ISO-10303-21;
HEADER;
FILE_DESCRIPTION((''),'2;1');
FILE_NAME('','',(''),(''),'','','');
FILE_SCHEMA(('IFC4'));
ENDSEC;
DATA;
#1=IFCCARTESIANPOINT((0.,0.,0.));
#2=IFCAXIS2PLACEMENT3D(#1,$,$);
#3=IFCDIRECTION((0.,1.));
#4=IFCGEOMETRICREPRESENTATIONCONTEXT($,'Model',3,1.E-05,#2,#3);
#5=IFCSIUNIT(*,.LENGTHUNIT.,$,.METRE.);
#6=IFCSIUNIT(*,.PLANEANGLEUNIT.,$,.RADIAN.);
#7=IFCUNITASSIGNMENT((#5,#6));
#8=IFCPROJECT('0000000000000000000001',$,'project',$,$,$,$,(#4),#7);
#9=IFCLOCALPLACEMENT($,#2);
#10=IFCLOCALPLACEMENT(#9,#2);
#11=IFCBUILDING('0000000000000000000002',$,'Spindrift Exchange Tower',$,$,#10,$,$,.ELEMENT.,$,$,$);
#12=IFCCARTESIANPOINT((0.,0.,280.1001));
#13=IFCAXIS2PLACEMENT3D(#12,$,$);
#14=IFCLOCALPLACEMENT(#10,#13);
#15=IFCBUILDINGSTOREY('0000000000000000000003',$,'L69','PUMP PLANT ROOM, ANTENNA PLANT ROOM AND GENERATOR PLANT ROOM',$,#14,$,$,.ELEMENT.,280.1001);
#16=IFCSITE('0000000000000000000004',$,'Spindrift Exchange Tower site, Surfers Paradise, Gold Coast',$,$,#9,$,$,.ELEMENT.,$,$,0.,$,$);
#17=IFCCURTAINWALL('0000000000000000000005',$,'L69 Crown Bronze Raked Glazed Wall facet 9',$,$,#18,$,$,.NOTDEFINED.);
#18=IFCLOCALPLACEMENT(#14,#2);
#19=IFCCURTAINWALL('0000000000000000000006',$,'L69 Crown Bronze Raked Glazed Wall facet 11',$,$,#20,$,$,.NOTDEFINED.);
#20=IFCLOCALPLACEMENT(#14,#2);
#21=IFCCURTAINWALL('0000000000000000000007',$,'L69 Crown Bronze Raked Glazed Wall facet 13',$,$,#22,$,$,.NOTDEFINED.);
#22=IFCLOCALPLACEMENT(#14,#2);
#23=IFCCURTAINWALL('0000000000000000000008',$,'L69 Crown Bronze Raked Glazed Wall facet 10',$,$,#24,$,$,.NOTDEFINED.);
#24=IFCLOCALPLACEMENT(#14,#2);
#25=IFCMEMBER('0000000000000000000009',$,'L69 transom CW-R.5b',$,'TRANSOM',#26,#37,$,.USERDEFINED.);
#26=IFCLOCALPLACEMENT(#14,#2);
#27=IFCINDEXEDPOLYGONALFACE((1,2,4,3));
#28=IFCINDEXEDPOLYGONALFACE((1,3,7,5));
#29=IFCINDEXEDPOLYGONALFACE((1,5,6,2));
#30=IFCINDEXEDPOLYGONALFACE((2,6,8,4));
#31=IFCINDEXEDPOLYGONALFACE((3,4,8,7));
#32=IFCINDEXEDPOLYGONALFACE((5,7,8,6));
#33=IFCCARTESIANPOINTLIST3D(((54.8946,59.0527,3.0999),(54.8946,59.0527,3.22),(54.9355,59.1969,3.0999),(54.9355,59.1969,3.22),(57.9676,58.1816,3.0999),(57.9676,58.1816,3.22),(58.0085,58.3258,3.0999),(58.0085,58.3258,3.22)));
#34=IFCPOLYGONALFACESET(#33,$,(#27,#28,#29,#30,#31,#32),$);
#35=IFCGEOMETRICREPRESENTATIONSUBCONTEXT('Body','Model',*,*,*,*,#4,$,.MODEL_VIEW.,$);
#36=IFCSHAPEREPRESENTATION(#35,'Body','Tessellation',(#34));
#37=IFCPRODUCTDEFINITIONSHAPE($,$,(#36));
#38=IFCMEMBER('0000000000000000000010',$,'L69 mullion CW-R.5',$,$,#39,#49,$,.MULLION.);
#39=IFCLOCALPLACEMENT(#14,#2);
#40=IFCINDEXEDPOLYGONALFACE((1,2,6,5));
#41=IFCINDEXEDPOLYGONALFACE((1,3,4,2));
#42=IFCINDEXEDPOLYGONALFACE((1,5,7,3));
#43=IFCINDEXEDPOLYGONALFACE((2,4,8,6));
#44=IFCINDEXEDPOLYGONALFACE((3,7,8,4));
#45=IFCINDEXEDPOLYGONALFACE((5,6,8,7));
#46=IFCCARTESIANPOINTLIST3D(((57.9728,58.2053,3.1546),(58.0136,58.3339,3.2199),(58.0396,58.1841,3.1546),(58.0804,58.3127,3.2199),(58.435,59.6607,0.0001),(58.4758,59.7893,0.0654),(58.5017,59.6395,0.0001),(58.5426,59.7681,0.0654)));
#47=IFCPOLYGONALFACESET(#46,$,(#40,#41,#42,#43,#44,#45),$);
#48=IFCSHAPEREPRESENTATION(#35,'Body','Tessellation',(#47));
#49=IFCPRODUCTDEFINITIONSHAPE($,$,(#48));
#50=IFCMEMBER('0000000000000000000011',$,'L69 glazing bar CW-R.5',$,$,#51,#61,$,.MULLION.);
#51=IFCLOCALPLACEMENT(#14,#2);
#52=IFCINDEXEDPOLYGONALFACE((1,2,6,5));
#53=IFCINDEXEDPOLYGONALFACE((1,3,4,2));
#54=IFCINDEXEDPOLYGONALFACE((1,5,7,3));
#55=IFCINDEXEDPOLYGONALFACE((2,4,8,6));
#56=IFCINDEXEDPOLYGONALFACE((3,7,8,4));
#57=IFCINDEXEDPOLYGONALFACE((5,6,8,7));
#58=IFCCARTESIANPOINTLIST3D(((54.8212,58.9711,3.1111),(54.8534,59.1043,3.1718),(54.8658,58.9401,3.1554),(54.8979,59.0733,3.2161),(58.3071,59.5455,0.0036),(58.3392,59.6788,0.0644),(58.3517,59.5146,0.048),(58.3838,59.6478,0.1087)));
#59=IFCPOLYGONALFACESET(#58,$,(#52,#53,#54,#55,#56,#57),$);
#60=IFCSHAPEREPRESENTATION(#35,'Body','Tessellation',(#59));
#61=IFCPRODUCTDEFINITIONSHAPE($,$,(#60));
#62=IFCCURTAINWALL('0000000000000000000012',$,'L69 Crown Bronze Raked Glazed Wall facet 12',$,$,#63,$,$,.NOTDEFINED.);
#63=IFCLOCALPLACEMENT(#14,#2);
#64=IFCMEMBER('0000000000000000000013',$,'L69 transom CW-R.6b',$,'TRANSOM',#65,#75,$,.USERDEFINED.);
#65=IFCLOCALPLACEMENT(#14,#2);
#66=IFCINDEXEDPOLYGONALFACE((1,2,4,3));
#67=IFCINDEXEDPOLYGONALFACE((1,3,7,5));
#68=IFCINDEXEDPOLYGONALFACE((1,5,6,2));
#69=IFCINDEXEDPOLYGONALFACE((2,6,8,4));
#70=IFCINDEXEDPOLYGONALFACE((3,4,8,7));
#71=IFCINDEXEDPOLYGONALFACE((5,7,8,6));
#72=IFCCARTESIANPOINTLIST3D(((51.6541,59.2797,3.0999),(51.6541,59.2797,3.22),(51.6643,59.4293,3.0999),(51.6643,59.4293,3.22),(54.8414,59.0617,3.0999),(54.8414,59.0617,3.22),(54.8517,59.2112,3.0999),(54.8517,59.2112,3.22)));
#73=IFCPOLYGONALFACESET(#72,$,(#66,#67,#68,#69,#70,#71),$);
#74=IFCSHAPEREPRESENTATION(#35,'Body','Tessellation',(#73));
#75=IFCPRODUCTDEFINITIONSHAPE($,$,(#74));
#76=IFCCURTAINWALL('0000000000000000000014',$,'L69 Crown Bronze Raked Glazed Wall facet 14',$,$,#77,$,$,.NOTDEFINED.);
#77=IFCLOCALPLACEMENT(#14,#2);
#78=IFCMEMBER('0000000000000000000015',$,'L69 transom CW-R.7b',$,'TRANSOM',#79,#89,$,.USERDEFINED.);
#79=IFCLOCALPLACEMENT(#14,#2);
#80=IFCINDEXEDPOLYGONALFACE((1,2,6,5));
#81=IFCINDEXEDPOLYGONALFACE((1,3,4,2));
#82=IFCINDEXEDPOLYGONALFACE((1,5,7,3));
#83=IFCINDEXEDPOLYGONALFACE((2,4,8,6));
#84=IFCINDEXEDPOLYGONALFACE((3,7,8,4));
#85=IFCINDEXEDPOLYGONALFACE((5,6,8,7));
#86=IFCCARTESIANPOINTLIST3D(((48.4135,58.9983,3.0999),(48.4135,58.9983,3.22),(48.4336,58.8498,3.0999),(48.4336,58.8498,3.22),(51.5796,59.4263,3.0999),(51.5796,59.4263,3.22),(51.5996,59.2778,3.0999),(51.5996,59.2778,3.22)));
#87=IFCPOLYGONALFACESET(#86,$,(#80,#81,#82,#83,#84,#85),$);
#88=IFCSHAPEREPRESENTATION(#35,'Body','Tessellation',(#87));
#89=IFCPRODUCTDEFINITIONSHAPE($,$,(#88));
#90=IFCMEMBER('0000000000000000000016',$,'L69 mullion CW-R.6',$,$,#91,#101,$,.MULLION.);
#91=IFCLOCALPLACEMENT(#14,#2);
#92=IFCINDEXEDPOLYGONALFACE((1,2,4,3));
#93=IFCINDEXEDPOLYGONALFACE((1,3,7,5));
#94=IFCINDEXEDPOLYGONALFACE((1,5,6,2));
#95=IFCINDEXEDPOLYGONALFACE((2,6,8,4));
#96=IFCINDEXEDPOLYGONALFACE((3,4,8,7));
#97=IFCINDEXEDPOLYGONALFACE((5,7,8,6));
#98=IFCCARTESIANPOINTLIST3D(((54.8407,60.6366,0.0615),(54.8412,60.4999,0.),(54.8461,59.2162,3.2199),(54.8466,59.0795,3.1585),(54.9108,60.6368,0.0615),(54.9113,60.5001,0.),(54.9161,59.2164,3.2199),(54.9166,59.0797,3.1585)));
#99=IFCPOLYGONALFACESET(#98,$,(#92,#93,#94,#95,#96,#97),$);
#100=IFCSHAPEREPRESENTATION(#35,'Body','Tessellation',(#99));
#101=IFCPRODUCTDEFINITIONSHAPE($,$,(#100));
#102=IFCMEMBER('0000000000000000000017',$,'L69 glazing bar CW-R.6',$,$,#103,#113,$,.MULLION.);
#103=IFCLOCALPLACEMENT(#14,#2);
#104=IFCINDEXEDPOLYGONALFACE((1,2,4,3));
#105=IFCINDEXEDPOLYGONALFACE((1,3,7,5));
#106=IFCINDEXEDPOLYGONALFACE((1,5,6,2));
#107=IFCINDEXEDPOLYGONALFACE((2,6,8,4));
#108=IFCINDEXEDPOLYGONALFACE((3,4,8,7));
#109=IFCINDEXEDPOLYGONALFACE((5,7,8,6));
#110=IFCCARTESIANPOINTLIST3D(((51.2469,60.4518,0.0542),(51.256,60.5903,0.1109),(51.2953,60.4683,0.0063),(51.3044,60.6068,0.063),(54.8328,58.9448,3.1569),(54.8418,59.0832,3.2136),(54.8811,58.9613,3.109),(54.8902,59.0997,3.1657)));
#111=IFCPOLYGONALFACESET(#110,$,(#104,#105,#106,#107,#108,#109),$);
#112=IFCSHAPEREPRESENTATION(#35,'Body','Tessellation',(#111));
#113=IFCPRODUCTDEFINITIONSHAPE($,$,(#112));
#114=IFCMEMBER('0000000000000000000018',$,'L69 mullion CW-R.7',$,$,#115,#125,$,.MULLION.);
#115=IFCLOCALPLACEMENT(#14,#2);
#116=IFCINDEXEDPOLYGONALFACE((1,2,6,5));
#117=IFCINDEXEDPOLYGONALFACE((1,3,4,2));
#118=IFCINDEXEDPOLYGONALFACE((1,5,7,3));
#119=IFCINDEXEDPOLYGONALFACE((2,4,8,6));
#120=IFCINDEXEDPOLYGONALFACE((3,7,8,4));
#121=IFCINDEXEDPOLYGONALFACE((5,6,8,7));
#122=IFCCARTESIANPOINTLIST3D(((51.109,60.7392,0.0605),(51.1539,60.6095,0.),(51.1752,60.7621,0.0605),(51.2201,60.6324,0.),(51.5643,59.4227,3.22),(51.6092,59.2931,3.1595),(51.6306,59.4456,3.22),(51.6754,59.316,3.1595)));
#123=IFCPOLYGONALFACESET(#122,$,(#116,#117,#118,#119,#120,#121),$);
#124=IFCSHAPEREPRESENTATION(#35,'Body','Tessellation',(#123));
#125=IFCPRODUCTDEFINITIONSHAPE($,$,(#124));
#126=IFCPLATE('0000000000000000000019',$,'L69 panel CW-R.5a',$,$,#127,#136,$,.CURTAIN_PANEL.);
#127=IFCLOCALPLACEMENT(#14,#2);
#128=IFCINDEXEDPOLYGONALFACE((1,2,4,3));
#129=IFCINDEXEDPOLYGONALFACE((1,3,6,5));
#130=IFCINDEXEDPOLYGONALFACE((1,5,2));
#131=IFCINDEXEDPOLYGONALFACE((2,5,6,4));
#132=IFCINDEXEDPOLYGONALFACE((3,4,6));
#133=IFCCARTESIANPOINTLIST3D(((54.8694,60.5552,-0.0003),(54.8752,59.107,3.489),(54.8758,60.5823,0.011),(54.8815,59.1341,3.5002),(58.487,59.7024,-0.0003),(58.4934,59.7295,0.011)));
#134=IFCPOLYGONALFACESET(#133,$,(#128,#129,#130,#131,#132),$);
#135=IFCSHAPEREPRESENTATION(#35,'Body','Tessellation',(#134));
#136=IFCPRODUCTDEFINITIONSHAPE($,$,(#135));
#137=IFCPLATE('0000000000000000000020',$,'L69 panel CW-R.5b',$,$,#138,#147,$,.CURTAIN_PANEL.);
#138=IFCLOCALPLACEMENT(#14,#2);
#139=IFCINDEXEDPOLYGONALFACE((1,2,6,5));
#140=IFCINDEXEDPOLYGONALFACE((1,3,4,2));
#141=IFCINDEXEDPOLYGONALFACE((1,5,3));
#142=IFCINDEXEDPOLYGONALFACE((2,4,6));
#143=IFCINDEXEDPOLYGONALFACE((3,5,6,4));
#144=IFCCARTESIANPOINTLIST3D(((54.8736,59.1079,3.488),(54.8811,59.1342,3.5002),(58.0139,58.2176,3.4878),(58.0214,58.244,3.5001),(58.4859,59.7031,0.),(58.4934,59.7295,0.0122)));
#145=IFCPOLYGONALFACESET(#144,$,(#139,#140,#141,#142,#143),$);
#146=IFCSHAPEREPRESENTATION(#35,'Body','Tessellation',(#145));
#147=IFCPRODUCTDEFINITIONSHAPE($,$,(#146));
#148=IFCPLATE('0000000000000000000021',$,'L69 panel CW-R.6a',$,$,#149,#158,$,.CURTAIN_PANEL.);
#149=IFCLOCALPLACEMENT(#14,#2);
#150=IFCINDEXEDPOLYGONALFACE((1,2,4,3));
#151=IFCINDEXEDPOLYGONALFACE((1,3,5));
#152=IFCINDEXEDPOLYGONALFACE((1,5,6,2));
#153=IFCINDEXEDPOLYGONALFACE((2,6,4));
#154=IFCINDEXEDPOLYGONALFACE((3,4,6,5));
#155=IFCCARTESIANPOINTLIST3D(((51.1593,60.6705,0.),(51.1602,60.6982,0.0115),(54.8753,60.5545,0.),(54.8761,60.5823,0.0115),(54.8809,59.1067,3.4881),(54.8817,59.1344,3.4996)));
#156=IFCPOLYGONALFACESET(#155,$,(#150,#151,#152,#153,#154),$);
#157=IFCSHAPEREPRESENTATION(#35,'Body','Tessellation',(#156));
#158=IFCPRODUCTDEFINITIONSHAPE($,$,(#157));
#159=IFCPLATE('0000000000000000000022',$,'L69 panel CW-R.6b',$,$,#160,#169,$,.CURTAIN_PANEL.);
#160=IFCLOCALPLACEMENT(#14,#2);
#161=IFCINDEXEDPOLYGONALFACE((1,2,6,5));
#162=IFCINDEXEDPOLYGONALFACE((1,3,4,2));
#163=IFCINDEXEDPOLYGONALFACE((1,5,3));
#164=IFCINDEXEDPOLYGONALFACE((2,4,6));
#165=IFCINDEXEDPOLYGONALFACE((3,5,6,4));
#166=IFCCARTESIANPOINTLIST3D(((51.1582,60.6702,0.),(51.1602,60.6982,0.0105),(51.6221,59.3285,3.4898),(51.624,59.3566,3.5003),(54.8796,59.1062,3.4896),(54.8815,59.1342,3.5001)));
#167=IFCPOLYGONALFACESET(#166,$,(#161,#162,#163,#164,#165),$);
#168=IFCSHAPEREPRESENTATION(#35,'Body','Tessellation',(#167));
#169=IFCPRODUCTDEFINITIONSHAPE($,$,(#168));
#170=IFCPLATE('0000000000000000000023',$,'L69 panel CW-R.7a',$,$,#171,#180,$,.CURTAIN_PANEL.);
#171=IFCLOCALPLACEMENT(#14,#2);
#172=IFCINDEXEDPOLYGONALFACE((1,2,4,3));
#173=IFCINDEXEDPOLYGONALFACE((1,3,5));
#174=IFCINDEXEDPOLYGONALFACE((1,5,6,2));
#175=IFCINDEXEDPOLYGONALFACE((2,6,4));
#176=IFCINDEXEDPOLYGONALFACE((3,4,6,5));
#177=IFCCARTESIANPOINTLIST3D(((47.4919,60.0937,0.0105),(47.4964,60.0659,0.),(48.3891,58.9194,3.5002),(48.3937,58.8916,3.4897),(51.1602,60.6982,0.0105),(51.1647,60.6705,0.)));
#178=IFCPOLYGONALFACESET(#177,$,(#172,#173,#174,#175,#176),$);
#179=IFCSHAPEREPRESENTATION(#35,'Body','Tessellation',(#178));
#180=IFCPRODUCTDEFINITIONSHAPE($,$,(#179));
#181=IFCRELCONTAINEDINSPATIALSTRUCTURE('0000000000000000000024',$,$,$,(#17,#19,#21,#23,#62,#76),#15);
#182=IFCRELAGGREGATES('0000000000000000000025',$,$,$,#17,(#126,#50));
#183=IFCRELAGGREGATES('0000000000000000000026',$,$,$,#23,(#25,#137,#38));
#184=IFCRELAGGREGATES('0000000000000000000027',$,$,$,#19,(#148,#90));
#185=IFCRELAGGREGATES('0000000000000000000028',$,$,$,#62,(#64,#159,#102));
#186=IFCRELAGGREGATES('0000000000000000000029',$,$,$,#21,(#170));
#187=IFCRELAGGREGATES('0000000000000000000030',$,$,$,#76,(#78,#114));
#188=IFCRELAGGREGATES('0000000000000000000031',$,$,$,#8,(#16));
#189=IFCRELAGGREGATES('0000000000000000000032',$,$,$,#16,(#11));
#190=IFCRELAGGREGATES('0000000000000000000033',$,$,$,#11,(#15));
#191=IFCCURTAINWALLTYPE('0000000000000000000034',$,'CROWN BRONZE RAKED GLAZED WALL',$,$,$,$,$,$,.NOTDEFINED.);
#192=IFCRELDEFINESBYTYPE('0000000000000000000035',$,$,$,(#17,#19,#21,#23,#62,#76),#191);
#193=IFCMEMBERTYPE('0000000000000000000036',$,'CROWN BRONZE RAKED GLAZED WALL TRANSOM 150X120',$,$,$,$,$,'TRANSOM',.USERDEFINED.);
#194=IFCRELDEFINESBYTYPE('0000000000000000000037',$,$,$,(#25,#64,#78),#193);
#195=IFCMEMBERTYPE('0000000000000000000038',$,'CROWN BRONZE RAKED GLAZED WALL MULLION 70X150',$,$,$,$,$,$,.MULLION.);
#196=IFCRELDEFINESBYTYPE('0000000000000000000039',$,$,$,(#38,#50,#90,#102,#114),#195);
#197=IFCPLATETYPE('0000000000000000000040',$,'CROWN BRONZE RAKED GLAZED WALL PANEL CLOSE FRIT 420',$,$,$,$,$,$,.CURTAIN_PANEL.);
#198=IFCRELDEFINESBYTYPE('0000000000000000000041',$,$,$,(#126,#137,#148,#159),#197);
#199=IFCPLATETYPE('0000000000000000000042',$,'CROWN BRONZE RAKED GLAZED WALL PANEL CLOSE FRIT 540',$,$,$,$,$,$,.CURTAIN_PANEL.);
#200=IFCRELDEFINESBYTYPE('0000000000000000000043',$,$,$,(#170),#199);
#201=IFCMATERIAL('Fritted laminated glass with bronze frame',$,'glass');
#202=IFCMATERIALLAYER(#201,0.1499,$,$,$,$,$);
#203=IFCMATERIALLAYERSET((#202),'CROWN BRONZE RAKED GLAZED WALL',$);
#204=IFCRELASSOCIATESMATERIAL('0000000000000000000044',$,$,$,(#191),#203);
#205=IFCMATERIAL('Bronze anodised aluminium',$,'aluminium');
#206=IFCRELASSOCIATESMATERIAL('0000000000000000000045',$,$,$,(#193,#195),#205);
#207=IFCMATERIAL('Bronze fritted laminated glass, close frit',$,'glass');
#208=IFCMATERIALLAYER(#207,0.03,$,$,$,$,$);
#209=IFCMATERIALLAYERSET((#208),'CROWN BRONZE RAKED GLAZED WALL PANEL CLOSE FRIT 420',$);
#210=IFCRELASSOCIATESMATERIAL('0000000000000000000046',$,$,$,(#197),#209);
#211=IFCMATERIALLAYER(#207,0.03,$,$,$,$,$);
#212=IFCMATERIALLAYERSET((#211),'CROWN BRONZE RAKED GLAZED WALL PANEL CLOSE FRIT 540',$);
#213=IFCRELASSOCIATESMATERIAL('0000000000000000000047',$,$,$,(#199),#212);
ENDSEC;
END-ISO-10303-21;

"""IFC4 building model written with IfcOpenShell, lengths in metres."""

from ifc_helpers import new_model, si_unit, direction, frame, origin, origin_2d, place, context, subcontext, project, spatial, line, indexed_curve, rectangle, outline, extrude, source, transform, mapped, material, layer, layer_set, material_profile, profile_set, type_object, element, aggregate, save


model = new_model("IFC4")

# Units and contexts
model_context = context("Model", 3, precision=1e-05, world=origin(), true_north=direction((0.0, 1.0)))
body_context = subcontext(model_context, "Body", "Model", "MODEL_VIEW")
ifc_project = project(units=[si_unit("LENGTHUNIT", "METRE"), si_unit("PLANEANGLEUNIT", "RADIAN")], contexts=[model_context])

# Site, building, storey
site_placement = place(None, origin())
site = spatial("IfcSite", under=ifc_project, at=site_placement, Name="Spindrift Exchange Tower site, Surfers Paradise, Gold Coast", CompositionType="ELEMENT", RefElevation=0.0)
building_placement = place(site_placement, origin())
building = spatial("IfcBuilding", under=site, at=building_placement, Name="Spindrift Exchange Tower", CompositionType="ELEMENT")
storey_placement = place(building_placement, frame((0.0, 0.0, 280.1001)))
storey = spatial("IfcBuildingStorey", under=building, at=storey_placement, Name="L69", Description="PUMP PLANT ROOM, ANTENNA PLANT ROOM AND GENERATOR PLANT ROOM", CompositionType="ELEMENT", Elevation=280.1001)

# Curtain walls
ifc_material_1 = material(Name="Fritted laminated glass with bronze frame", Category="glass")
ifc_layer_1 = layer(ifc_material_1, 0.1499)
ifc_layer_set_1 = layer_set([ifc_layer_1], Name="CROWN BRONZE RAKED GLAZED WALL")
curtain_wall_type = type_object("IfcCurtainWallType", Name="CROWN BRONZE RAKED GLAZED WALL", PredefinedType="NOTDEFINED", material=ifc_layer_set_1)
curtain_wall_1_placement = place(storey_placement, origin())
curtain_wall_1 = element("IfcCurtainWall", 1, at=curtain_wall_1_placement, inside=storey, type_object=curtain_wall_type, Name="L69 Crown Bronze Raked Glazed Wall facet 9", PredefinedType="NOTDEFINED")
ifc_material_2 = material(Name="Bronze anodised aluminium", Category="aluminium")
ifc_material_profile_1 = material_profile(ifc_material_2, rectangle(XDim=0.1499, YDim=0.1201, at=origin_2d()), Name="CROWN BRONZE RAKED GLAZED WALL TRANSOM 150X120")
ifc_profile_set_1 = profile_set([ifc_material_profile_1], Name="Bronze anodised aluminium")
member_type_1 = type_object("IfcMemberType", Name="CROWN BRONZE RAKED GLAZED WALL TRANSOM 150X120", ElementType="TRANSOM", PredefinedType="USERDEFINED", material=ifc_profile_set_1)
curtain_wall_2_placement = place(storey_placement, origin())
curtain_wall_2 = element("IfcCurtainWall", 2, at=curtain_wall_2_placement, inside=storey, type_object=curtain_wall_type, Name="L69 Crown Bronze Raked Glazed Wall facet 11", PredefinedType="NOTDEFINED")
curtain_wall_3_placement = place(storey_placement, origin())
curtain_wall_3 = element("IfcCurtainWall", 3, at=curtain_wall_3_placement, inside=storey, type_object=curtain_wall_type, Name="L69 Crown Bronze Raked Glazed Wall facet 13", PredefinedType="NOTDEFINED")

# Curtain wall, members
curtain_wall_4_placement = place(storey_placement, origin())
curtain_wall_4 = element("IfcCurtainWall", 4, at=curtain_wall_4_placement, inside=storey, type_object=curtain_wall_type, Name="L69 Crown Bronze Raked Glazed Wall facet 10", PredefinedType="NOTDEFINED")
shared_shape_1 = source(origin(), body_context, "Body", "SweptSolid", [
    extrude(rectangle(XDim=0.1499, YDim=0.1201, at=origin_2d()), origin(), (0.0, 0.0, 1.0), 3.1941),
])
member_1_placement = place(storey_placement, frame((57.988, 58.2537, 3.1599), z_axis=(-0.962093, 0.272722, 0.0), x_axis=(-0.272722, -0.962093, 0.0)))
member_1 = element("IfcMember", 5, at=member_1_placement, type_object=member_type_1, Name="L69 transom CW-R.5b", ObjectType="TRANSOM", PredefinedType="USERDEFINED", context=body_context, shape_type="MappedRepresentation", body=[
    mapped(shared_shape_1, transform((0.0, 0.0, 0.0), scale=1.0)),
])
ifc_material_profile_2 = material_profile(ifc_material_2, rectangle(XDim=0.0701, YDim=0.1499, at=origin_2d()), Name="CROWN BRONZE RAKED GLAZED WALL MULLION 70X150")
ifc_profile_set_2 = profile_set([ifc_material_profile_2], Name="Bronze anodised aluminium")
member_type_2 = type_object("IfcMemberType", Name="CROWN BRONZE RAKED GLAZED WALL MULLION 70X150", PredefinedType="MULLION", material=ifc_profile_set_2)
shared_shape_2 = source(origin(), body_context, "Body", "SweptSolid", [
    extrude(rectangle(XDim=0.0701, YDim=0.1499, at=origin_2d()), origin(), (0.0, 0.0, 1.0), 3.5046),
])
member_2_placement = place(storey_placement, frame((58.4888, 59.7144, 0.0327), z_axis=(-0.131869, -0.415253, 0.900098), x_axis=(0.953096, -0.302669, 0.0)))
member_2 = element("IfcMember", 6, at=member_2_placement, type_object=member_type_2, Name="L69 mullion CW-R.5", PredefinedType="MULLION", context=body_context, shape_type="MappedRepresentation", body=[
    mapped(shared_shape_2, transform((0.0, 0.0, 0.0), scale=1.0)),
])

# Member
shared_shape_3 = source(origin(), body_context, "Body", "SweptSolid", [
    extrude(rectangle(XDim=0.0701, YDim=0.1499, at=origin_2d()), origin(), (0.0, 0.0, 1.0), 4.7051),
])
member_3_placement = place(storey_placement, frame((58.3455, 59.5967, 0.0562), z_axis=(-0.740878, -0.122096, 0.660449), x_axis=(0.636452, -0.441738, 0.632295)))
member_3 = element("IfcMember", 7, at=member_3_placement, type_object=member_type_2, Name="L69 glazing bar CW-R.5", PredefinedType="MULLION", context=body_context, shape_type="MappedRepresentation", body=[
    mapped(shared_shape_3, transform((0.0, 0.0, 0.0), scale=1.0)),
])

# Curtain walls, members
curtain_wall_5_placement = place(storey_placement, origin())
curtain_wall_5 = element("IfcCurtainWall", 8, at=curtain_wall_5_placement, inside=storey, type_object=curtain_wall_type, Name="L69 Crown Bronze Raked Glazed Wall facet 12", PredefinedType="NOTDEFINED")
shared_shape_4 = source(origin(), body_context, "Body", "SweptSolid", [
    extrude(rectangle(XDim=0.1499, YDim=0.1201, at=origin_2d()), origin(), (0.0, 0.0, 1.0), 3.1948),
])
member_4_placement = place(storey_placement, frame((51.6592, 59.3545, 3.1599), z_axis=(0.997669, -0.068243, 0.0), x_axis=(0.068243, 0.997669, 0.0)))
member_4 = element("IfcMember", 9, at=member_4_placement, type_object=member_type_1, Name="L69 transom CW-R.6b", ObjectType="TRANSOM", PredefinedType="USERDEFINED", context=body_context, shape_type="MappedRepresentation", body=[
    mapped(shared_shape_4, transform((0.0, 0.0, 0.0), scale=1.0)),
])
curtain_wall_6_placement = place(storey_placement, origin())
curtain_wall_6 = element("IfcCurtainWall", 10, at=curtain_wall_6_placement, inside=storey, type_object=curtain_wall_type, Name="L69 Crown Bronze Raked Glazed Wall facet 14", PredefinedType="NOTDEFINED")
member_5_placement = place(storey_placement, frame((51.5896, 59.3521, 3.1599), z_axis=(-0.990987, -0.13396, 0.0), x_axis=(0.13396, -0.990987, 0.0)))
member_5 = element("IfcMember", 11, at=member_5_placement, type_object=member_type_1, Name="L69 transom CW-R.7b", ObjectType="TRANSOM", PredefinedType="USERDEFINED", context=body_context, shape_type="MappedRepresentation", body=[
    mapped(shared_shape_4, transform((0.0, 0.0, 0.0), scale=1.0)),
])

# Members
shared_shape_5 = source(origin(), body_context, "Body", "SweptSolid", [
    extrude(rectangle(XDim=0.0701, YDim=0.1499, at=origin_2d()), origin(), (0.0, 0.0, 1.0), 3.4631),
])
member_6_placement = place(storey_placement, frame((54.876, 60.5684, 0.0308), z_axis=(0.001551, -0.41015, 0.912017), x_axis=(0.999993, 0.003781, 0.0)))
member_6 = element("IfcMember", 12, at=member_6_placement, type_object=member_type_2, Name="L69 mullion CW-R.6", PredefinedType="MULLION", context=body_context, shape_type="MappedRepresentation", body=[
    mapped(shared_shape_5, transform((0.0, 0.0, 0.0), scale=1.0)),
])
shared_shape_6 = source(origin(), body_context, "Body", "SweptSolid", [
    extrude(rectangle(XDim=0.0701, YDim=0.1499, at=origin_2d()), origin(), (0.0, 0.0, 1.0), 4.9756),
])
member_7_placement = place(storey_placement, frame((51.2756, 60.5293, 0.0586), z_axis=(0.720691, -0.302889, 0.623588), x_axis=(0.690596, 0.234942, -0.684017)))
member_7 = element("IfcMember", 13, at=member_7_placement, type_object=member_type_2, Name="L69 glazing bar CW-R.6", PredefinedType="MULLION", context=body_context, shape_type="MappedRepresentation", body=[
    mapped(shared_shape_6, transform((0.0, 0.0, 0.0), scale=1.0)),
])
shared_shape_7 = source(origin(), body_context, "Body", "SweptSolid", [
    extrude(rectangle(XDim=0.0701, YDim=0.1499, at=origin_2d()), origin(), (0.0, 0.0, 1.0), 3.4529),
])
member_8_placement = place(storey_placement, frame((51.1646, 60.6858, 0.0303), z_axis=(0.131868, -0.381252, 0.915018), x_axis=(0.945065, 0.326882, 0.0)))
member_8 = element("IfcMember", 14, at=member_8_placement, type_object=member_type_2, Name="L69 mullion CW-R.7", PredefinedType="MULLION", context=body_context, shape_type="MappedRepresentation", body=[
    mapped(shared_shape_7, transform((0.0, 0.0, 0.0), scale=1.0)),
])

# Plates
ifc_material_3 = material(Name="Bronze fritted laminated glass, close frit", Category="glass")
ifc_layer_2 = layer(ifc_material_3, 0.03)
ifc_layer_set_2 = layer_set([ifc_layer_2], Name="CROWN BRONZE RAKED GLAZED WALL PANEL CLOSE FRIT 420")
plate_type_1 = type_object("IfcPlateType", Name="CROWN BRONZE RAKED GLAZED WALL PANEL CLOSE FRIT 420", PredefinedType="CURTAIN_PANEL", material=ifc_layer_set_2)
plate_1_placement = place(storey_placement, frame((58.4934, 59.7295, 0.011), z_axis=(0.212765, 0.902591, 0.374248), x_axis=(-0.973323, 0.229438, 0.0)))
plate_1 = element("IfcPlate", 15, at=plate_1_placement, type_object=plate_type_1, Name="L69 panel CW-R.5a", PredefinedType="CURTAIN_PANEL", context=body_context, shape_type="SweptSolid", body=[
    extrude(outline(indexed_curve([(0.0, 0.0), (3.7168, 0.0), (3.3789, 3.7627)], segments=[line(1, 2, 3, 1)], self_intersect=False)), origin(), (0.0, 0.0, -1.0), 0.03),
])
aggregate(curtain_wall_1, [plate_1, member_3])
plate_2_placement = place(storey_placement, frame((58.4934, 59.7295, 0.0122), z_axis=(0.249058, 0.878428, 0.407841), x_axis=(-0.714371, -0.117718, 0.689794)))
plate_2 = element("IfcPlate", 16, at=plate_2_placement, type_object=plate_type_1, Name="L69 panel CW-R.5b", PredefinedType="CURTAIN_PANEL", context=body_context, shape_type="SweptSolid", body=[
    extrude(outline(indexed_curve([(0.0, 0.0), (5.0566, 0.0), (2.918, 2.4658)], segments=[line(1, 2, 3, 1)], self_intersect=False)), origin(), (0.0, 0.0, -1.0), 0.03),
])
aggregate(curtain_wall_4, [member_1, plate_2, member_2])
plate_3_placement = place(storey_placement, frame((51.1602, 60.6982, 0.0115), z_axis=(0.028815, 0.923231, 0.383163), x_axis=(0.999513, -0.031196, 0.0)))
plate_3 = element("IfcPlate", 17, at=plate_3_placement, type_object=plate_type_1, Name="L69 panel CW-R.6a", PredefinedType="CURTAIN_PANEL", context=body_context, shape_type="SweptSolid", body=[
    extrude(outline(indexed_curve([(0.0, 0.0), (3.7178, 0.0), (3.7686, -3.7764)], segments=[line(1, 2, 3, 1)], self_intersect=False)), origin(), (0.0, 0.0, -1.0), 0.03),
])
aggregate(curtain_wall_2, [plate_3, member_6])
plate_4_placement = place(storey_placement, frame((51.1602, 60.6982, 0.0105), z_axis=(0.0638, 0.934307, 0.350713), x_axis=(0.697412, -0.293112, 0.653989)))
plate_4 = element("IfcPlate", 18, at=plate_4_placement, type_object=plate_type_1, Name="L69 panel CW-R.6b", PredefinedType="CURTAIN_PANEL", context=body_context, shape_type="SweptSolid", body=[
    extrude(outline(indexed_curve([(0.0, 0.0), (5.3359, 0.0), (2.999, -2.2803)], segments=[line(1, 2, 3, 1)], self_intersect=False)), origin(), (0.0, 0.0, -1.0), 0.03),
])
aggregate(curtain_wall_5, [member_4, plate_4, member_7])
ifc_layer_3 = layer(ifc_material_3, 0.03)
ifc_layer_set_3 = layer_set([ifc_layer_3], Name="CROWN BRONZE RAKED GLAZED WALL PANEL CLOSE FRIT 540")
plate_type_2 = type_object("IfcPlateType", Name="CROWN BRONZE RAKED GLAZED WALL PANEL CLOSE FRIT 540", PredefinedType="CURTAIN_PANEL", material=ifc_layer_set_3)
plate_5_placement = place(storey_placement, frame((51.1602, 60.6982, 0.0105), z_axis=(-0.152314, 0.92422, 0.350168), x_axis=(-0.98669, -0.16261, 0.0)))
plate_5 = element("IfcPlate", 19, at=plate_5_placement, type_object=plate_type_2, Name="L69 panel CW-R.7a", PredefinedType="CURTAIN_PANEL", context=body_context, shape_type="SweptSolid", body=[
    extrude(outline(indexed_curve([(0.0, 0.0), (3.7178, 0.0), (3.0234, 3.7256)], segments=[line(1, 2, 3, 1)], self_intersect=False)), origin(), (0.0, 0.0, -1.0), 0.03),
])
aggregate(curtain_wall_3, [plate_5])
aggregate(curtain_wall_6, [member_5, member_8])

save(model, "model.ifc")
